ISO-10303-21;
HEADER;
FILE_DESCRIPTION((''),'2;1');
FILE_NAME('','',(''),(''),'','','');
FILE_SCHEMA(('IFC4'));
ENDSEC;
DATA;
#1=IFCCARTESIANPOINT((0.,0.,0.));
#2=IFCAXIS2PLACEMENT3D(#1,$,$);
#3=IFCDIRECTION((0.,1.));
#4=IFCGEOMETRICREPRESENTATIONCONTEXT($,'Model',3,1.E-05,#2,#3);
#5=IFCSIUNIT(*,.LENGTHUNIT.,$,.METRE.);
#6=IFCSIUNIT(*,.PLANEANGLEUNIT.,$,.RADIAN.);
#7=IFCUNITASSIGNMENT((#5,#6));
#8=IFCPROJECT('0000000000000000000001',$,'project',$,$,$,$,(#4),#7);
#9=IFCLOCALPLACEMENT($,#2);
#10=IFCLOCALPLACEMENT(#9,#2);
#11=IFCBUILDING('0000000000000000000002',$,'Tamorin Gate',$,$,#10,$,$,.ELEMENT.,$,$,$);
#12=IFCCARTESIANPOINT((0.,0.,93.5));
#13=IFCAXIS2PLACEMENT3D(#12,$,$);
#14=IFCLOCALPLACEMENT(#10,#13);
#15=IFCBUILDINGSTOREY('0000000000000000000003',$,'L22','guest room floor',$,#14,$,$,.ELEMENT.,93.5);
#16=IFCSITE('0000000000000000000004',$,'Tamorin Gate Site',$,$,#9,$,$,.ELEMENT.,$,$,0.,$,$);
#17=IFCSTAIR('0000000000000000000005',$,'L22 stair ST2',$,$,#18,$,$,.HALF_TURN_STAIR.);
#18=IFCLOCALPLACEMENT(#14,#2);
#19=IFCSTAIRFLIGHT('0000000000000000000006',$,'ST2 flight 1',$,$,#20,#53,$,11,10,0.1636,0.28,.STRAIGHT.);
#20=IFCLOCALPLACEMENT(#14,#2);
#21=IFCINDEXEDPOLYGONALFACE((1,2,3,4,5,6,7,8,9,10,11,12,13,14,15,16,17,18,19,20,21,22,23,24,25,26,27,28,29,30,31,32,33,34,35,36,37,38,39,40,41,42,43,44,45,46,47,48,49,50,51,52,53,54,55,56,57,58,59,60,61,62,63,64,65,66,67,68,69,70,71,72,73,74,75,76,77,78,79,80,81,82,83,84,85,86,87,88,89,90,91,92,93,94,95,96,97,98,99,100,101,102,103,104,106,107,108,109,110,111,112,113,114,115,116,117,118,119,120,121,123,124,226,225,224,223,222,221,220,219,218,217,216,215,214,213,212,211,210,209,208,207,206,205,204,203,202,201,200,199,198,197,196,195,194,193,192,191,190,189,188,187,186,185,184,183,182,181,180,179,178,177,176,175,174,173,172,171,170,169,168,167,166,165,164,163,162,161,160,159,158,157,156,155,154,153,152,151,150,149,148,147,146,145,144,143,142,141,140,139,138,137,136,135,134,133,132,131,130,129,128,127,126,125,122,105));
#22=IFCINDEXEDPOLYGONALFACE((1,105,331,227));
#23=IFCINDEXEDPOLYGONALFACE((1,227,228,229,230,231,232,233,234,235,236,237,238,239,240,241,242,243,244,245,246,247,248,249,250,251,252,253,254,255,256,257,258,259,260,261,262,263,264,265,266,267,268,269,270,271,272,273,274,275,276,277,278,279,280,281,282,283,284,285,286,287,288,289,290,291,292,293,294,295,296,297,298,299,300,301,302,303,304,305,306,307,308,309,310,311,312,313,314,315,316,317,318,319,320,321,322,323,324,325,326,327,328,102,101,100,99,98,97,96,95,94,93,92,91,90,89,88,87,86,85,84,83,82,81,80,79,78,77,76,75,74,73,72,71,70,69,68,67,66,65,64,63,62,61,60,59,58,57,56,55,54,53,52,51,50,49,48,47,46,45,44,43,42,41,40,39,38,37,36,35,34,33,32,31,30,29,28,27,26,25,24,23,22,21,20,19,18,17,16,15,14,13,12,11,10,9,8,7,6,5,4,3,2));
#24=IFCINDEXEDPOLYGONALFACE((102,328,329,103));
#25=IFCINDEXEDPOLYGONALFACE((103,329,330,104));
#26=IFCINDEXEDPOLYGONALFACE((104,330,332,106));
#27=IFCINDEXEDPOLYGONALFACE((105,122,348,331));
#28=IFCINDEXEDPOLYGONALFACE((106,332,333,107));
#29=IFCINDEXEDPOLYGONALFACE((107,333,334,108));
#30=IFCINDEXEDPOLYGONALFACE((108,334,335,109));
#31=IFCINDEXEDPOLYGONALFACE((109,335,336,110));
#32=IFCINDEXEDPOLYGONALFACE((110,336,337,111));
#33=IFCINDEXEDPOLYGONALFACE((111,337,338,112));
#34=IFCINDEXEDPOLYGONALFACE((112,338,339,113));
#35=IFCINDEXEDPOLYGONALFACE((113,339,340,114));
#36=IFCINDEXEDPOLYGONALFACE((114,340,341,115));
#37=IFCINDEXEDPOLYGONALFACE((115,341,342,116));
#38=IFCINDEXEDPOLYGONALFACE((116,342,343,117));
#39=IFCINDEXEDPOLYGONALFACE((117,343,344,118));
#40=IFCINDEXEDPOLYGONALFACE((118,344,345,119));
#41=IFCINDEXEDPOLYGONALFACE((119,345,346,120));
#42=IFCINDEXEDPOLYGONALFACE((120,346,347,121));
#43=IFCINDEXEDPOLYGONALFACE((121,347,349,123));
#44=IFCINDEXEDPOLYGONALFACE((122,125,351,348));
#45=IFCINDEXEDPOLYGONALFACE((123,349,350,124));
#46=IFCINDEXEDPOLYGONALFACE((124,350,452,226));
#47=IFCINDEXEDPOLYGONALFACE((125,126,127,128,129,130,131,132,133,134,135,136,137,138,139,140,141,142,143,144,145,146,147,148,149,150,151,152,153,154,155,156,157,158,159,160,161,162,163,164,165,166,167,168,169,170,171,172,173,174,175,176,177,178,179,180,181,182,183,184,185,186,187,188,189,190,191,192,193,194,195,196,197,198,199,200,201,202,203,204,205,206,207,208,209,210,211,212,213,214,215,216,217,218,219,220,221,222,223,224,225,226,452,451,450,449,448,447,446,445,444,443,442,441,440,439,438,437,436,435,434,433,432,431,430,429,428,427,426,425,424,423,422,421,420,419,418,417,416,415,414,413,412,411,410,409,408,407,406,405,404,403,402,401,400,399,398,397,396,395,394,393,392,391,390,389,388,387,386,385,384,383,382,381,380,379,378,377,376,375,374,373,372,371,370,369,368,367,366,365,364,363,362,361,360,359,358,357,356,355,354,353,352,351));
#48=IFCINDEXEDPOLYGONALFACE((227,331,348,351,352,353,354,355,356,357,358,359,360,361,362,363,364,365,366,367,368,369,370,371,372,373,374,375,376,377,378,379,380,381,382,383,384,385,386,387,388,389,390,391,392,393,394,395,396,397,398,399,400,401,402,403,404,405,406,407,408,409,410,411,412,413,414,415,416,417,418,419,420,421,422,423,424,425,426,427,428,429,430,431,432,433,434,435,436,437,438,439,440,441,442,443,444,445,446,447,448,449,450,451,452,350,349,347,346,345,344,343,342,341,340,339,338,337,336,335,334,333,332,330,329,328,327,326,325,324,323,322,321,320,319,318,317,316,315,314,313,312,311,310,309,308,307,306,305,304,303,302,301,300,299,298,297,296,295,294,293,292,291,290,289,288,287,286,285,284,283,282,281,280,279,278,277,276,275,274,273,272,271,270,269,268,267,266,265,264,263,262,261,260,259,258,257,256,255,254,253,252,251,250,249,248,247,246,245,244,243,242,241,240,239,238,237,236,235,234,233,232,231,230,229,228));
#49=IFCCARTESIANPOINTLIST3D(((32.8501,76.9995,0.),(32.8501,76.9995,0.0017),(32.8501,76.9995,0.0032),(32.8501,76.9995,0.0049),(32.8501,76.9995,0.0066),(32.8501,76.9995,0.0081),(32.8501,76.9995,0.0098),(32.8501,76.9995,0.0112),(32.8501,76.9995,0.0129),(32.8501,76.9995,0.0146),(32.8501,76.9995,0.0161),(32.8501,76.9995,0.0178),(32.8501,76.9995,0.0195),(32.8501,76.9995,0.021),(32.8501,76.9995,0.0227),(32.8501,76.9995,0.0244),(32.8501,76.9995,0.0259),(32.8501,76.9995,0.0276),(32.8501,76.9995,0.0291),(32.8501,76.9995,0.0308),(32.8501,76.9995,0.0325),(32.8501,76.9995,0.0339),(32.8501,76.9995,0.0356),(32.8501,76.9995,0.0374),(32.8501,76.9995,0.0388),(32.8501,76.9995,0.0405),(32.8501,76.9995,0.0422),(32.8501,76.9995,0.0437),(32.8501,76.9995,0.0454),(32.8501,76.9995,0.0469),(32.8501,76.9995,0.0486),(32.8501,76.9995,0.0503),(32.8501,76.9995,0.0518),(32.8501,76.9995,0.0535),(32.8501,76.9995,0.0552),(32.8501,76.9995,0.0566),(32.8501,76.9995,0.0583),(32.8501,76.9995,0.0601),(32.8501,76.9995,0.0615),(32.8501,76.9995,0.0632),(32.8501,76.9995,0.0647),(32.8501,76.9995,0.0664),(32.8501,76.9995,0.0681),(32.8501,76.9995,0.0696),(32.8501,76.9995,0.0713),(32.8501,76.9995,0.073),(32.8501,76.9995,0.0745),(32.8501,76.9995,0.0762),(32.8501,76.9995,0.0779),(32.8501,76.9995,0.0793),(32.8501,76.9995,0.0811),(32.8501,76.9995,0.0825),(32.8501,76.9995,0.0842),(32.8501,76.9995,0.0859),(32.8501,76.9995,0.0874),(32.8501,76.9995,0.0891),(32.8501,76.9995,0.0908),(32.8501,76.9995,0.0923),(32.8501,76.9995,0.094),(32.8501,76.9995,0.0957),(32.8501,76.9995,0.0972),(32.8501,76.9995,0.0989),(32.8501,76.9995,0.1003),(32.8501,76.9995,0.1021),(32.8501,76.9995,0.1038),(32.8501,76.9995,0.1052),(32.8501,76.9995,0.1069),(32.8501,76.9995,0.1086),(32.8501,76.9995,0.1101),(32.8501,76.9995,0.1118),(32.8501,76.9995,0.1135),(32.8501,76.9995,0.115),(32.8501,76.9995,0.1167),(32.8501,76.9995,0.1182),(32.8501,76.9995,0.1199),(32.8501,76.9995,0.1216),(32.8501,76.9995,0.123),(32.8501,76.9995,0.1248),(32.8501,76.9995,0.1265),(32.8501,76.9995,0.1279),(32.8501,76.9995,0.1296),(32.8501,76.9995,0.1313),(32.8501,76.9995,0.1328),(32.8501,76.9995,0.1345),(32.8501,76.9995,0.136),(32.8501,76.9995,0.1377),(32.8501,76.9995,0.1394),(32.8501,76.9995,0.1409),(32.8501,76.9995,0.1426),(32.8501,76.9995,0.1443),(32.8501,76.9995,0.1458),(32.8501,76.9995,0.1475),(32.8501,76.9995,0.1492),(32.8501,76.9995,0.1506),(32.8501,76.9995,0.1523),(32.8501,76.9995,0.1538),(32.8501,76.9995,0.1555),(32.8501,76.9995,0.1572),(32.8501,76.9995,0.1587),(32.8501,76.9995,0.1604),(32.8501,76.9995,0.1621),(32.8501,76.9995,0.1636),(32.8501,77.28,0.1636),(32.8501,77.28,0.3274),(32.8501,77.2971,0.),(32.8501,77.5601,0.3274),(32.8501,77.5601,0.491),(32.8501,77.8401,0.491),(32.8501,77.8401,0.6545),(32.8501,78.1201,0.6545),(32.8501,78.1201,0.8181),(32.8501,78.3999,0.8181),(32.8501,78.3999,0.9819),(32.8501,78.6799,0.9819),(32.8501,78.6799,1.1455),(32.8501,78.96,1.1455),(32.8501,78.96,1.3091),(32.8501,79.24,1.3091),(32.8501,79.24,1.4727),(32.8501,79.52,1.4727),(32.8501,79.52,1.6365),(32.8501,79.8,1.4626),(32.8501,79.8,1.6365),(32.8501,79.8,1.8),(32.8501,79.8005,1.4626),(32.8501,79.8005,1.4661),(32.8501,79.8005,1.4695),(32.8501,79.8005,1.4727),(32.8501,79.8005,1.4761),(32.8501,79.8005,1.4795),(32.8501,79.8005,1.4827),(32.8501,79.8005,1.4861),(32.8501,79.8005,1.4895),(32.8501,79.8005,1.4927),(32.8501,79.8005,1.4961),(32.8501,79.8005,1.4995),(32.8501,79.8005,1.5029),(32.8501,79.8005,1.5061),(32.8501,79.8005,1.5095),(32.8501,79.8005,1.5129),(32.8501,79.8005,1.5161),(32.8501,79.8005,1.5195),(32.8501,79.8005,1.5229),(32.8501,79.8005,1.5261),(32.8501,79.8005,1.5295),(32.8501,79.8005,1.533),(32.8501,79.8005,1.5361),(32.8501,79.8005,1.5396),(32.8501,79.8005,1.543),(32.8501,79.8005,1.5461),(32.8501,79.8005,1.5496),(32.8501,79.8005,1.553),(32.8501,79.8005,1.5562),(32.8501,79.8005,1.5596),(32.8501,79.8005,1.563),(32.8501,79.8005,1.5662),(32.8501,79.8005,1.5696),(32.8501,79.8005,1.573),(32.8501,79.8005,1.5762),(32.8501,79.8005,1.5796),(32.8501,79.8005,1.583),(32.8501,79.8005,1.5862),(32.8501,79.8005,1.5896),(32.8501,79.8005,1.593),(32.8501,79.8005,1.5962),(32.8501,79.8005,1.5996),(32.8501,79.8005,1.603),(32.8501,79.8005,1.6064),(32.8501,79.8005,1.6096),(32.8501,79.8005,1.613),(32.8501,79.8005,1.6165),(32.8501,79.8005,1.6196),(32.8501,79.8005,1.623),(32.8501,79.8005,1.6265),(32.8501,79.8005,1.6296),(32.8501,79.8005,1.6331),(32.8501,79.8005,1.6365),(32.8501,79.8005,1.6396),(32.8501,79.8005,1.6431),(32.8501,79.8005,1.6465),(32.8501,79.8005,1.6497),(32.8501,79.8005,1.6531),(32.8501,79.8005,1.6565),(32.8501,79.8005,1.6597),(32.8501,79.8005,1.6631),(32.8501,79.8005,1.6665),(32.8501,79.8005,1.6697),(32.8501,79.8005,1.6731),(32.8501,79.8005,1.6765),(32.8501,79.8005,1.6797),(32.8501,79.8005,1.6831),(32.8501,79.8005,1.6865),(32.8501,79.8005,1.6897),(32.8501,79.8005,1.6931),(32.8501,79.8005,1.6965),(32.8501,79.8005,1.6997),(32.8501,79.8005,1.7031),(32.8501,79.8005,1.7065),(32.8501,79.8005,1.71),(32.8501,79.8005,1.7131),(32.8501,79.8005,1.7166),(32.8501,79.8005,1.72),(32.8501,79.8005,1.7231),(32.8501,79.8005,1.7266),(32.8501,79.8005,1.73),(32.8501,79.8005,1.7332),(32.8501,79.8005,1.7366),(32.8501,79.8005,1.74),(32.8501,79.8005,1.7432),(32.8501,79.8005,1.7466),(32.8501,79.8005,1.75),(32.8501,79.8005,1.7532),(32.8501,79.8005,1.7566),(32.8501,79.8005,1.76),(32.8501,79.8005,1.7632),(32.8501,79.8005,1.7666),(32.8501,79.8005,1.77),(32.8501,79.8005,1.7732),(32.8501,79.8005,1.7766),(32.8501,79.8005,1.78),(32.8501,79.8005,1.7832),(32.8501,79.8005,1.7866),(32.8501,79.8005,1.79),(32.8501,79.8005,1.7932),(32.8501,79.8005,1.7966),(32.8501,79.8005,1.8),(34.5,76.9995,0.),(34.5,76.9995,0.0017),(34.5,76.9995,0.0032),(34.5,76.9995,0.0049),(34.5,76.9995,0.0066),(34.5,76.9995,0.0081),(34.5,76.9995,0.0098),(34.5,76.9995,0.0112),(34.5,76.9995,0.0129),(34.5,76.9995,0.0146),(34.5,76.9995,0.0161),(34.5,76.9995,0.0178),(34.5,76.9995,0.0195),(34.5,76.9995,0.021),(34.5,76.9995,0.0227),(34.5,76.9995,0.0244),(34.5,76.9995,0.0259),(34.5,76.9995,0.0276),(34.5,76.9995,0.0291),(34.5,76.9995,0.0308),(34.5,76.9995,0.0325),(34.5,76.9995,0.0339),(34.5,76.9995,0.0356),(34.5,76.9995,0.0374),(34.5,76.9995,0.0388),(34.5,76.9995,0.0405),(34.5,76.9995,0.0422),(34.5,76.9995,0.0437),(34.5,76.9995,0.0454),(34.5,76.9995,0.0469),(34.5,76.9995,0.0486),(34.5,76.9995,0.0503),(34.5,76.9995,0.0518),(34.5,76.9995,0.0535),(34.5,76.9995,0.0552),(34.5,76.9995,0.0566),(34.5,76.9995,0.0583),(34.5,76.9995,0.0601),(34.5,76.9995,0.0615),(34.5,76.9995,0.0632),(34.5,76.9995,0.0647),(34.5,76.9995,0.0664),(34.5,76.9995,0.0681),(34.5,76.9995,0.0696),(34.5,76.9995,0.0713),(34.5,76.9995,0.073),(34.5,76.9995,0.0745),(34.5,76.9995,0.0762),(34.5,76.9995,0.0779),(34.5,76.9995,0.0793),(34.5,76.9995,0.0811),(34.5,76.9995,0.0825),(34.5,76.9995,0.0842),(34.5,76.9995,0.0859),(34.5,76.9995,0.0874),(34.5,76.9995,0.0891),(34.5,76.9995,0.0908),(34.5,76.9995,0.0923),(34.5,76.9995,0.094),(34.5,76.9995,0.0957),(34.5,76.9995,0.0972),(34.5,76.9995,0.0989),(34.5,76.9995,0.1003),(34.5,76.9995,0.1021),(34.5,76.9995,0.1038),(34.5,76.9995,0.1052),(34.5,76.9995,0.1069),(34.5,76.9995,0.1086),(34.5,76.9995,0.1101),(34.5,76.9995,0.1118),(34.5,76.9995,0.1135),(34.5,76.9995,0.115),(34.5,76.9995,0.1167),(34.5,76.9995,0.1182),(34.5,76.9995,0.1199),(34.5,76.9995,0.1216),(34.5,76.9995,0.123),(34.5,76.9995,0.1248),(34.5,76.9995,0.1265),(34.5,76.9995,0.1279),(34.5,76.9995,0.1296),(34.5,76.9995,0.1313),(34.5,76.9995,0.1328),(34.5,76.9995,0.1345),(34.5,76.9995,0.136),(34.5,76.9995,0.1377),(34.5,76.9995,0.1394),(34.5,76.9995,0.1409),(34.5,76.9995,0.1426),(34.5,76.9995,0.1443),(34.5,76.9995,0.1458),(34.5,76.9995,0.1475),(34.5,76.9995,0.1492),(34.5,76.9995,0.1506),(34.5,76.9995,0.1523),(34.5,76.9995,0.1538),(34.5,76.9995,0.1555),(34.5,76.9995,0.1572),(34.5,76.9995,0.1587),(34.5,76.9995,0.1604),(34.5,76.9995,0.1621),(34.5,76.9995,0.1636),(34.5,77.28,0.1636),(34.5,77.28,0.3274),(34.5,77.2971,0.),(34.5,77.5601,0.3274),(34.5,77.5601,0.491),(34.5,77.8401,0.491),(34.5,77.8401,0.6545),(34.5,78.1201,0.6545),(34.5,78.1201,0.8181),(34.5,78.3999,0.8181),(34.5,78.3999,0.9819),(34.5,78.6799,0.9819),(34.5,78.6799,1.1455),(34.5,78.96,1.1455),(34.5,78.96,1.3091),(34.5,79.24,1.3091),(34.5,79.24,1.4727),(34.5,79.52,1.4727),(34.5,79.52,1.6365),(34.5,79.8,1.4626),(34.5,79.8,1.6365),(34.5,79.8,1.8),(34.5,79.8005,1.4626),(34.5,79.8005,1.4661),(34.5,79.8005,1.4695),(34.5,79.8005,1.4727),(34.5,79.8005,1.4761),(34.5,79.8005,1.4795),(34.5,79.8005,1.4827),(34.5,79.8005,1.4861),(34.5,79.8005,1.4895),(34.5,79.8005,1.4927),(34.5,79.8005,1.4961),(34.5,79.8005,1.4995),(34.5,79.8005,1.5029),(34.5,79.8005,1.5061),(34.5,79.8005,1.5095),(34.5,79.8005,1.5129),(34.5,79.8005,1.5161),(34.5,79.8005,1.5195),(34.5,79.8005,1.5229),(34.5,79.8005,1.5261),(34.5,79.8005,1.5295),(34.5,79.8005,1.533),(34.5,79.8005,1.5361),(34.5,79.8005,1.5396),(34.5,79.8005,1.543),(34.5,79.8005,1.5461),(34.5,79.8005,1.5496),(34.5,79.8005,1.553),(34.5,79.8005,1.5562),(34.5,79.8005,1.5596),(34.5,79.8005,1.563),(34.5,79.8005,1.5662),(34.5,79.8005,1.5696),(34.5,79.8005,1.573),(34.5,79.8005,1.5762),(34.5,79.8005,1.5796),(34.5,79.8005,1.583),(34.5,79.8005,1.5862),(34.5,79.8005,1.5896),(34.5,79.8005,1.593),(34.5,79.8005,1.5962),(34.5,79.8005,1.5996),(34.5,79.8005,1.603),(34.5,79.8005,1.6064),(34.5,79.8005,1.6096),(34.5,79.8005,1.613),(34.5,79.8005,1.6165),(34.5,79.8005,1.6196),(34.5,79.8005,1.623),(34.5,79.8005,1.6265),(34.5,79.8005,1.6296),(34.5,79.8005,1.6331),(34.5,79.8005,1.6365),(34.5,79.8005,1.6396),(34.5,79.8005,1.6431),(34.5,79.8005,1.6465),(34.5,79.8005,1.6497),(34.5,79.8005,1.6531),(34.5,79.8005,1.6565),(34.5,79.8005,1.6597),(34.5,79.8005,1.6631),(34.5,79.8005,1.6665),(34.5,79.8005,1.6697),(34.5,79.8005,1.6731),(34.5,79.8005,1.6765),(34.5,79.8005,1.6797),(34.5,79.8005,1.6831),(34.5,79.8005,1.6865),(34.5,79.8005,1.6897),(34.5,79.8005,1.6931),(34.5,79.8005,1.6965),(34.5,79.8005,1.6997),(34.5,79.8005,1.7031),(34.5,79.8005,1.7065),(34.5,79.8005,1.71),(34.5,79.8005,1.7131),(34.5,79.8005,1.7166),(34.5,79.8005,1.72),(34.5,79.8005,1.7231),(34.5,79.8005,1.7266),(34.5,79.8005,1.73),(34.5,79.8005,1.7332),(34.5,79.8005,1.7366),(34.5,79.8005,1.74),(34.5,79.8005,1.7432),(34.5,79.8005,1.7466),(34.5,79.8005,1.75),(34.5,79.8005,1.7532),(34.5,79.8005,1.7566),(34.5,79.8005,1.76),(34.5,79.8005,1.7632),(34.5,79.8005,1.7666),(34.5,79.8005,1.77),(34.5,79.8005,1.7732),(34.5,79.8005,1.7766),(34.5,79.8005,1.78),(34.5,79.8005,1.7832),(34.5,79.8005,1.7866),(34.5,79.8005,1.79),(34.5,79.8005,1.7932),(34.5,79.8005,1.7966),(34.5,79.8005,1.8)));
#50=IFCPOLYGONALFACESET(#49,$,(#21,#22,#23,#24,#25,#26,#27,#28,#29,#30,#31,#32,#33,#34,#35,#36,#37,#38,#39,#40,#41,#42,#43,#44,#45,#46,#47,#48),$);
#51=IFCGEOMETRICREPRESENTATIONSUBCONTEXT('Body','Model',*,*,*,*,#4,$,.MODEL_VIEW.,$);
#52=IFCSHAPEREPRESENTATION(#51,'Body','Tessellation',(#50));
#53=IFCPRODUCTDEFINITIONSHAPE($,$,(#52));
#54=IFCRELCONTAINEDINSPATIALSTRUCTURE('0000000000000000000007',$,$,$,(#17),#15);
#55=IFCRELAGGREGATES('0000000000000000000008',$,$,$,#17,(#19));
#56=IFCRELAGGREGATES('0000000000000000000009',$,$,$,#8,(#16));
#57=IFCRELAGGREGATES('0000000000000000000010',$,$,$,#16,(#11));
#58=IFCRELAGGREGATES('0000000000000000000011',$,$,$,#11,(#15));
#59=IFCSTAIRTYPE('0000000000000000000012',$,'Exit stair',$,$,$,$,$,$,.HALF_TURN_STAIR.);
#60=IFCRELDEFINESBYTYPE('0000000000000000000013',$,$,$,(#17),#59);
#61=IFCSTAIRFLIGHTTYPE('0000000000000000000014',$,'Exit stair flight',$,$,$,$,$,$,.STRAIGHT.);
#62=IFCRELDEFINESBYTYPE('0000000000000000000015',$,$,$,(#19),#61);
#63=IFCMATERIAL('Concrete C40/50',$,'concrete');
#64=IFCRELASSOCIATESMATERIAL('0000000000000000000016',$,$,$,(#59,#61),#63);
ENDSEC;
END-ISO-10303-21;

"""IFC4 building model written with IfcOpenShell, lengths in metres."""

from ifc_helpers import new_model, si_unit, direction, frame, origin, place, context, subcontext, project, spatial, polyline, outline, extrude, material, type_object, element, aggregate, save


model = new_model("IFC4")

# Units and contexts
model_context = context("Model", 3, precision=1e-05, world=origin(), true_north=direction((0.0, 1.0)))
body_context = subcontext(model_context, "Body", "Model", "MODEL_VIEW")
ifc_project = project(units=[si_unit("LENGTHUNIT", "METRE"), si_unit("PLANEANGLEUNIT", "RADIAN")], contexts=[model_context])

# Site, building, storey
site_placement = place(None, origin())
site = spatial("IfcSite", under=ifc_project, at=site_placement, Name="Tamorin Gate Site", CompositionType="ELEMENT", RefElevation=0.0)
building_placement = place(site_placement, origin())
building = spatial("IfcBuilding", under=site, at=building_placement, Name="Tamorin Gate", CompositionType="ELEMENT")
storey_placement = place(building_placement, frame((0.0, 0.0, 93.5)))
storey = spatial("IfcBuildingStorey", under=building, at=storey_placement, Name="L22", Description="guest room floor", CompositionType="ELEMENT", Elevation=93.5)

# Shared definitions
ifc_material_1 = material(Name="Concrete C40/50", Category="concrete")

# Stair, stair flight
stair_type = type_object("IfcStairType", Name="Exit stair", PredefinedType="HALF_TURN_STAIR", material=ifc_material_1)
stair_placement = place(storey_placement, origin())
stair = element("IfcStair", 1, at=stair_placement, inside=storey, type_object=stair_type, Name="L22 stair ST2", PredefinedType="HALF_TURN_STAIR")
stair_flight_type = type_object("IfcStairFlightType", Name="Exit stair flight", PredefinedType="STRAIGHT", material=ifc_material_1)
stair_flight_1_placement = place(storey_placement, frame((33.675, 77.0, 0.0), z_axis=(0.0, 0.0, 1.0), x_axis=(0.0, 1.0, 0.0)))
stair_flight_1 = element("IfcStairFlight", 2, at=stair_flight_1_placement, type_object=stair_flight_type, Name="ST2 flight 1", NumberOfRisers=11, NumberOfTreads=10, PredefinedType="STRAIGHT", RiserHeight=0.1636, TreadLength=0.28, context=body_context, shape_type="SweptSolid", body=[
    extrude(outline(polyline([(-0.0005, 0.0), (-0.0005, 0.0017), (-0.0005, 0.0032), (-0.0005, 0.0049), (-0.0005, 0.0066), (-0.0005, 0.0081), (-0.0005, 0.0098), (-0.0005, 0.0112), (-0.0005, 0.0129), (-0.0005, 0.0146), (-0.0005, 0.0161), (-0.0005, 0.0178), (-0.0005, 0.0195), (-0.0005, 0.021), (-0.0005, 0.0227), (-0.0005, 0.0244), (-0.0005, 0.0259), (-0.0005, 0.0276), (-0.0005, 0.0291), (-0.0005, 0.0308), (-0.0005, 0.0325), (-0.0005, 0.0339), (-0.0005, 0.0356), (-0.0005, 0.0374), (-0.0005, 0.0388), (-0.0005, 0.0405), (-0.0005, 0.0422), (-0.0005, 0.0437), (-0.0005, 0.0454), (-0.0005, 0.0469), (-0.0005, 0.0486), (-0.0005, 0.0503), (-0.0005, 0.0518), (-0.0005, 0.0535), (-0.0005, 0.0552), (-0.0005, 0.0566), (-0.0005, 0.0583), (-0.0005, 0.0601), (-0.0005, 0.0615), (-0.0005, 0.0632), (-0.0005, 0.0647), (-0.0005, 0.0664), (-0.0005, 0.0681), (-0.0005, 0.0696), (-0.0005, 0.0713), (-0.0005, 0.073), (-0.0005, 0.0745), (-0.0005, 0.0762), (-0.0005, 0.0779), (-0.0005, 0.0793), (-0.0005, 0.0811), (-0.0005, 0.0825), (-0.0005, 0.0842), (-0.0005, 0.0859), (-0.0005, 0.0874), (-0.0005, 0.0891), (-0.0005, 0.0908), (-0.0005, 0.0923), (-0.0005, 0.094), (-0.0005, 0.0957), (-0.0005, 0.0972), (-0.0005, 0.0989), (-0.0005, 0.1003), (-0.0005, 0.1021), (-0.0005, 0.1038), (-0.0005, 0.1052), (-0.0005, 0.1069), (-0.0005, 0.1086), (-0.0005, 0.1101), (-0.0005, 0.1118), (-0.0005, 0.1135), (-0.0005, 0.115), (-0.0005, 0.1167), (-0.0005, 0.1182), (-0.0005, 0.1199), (-0.0005, 0.1216), (-0.0005, 0.123), (-0.0005, 0.1248), (-0.0005, 0.1265), (-0.0005, 0.1279), (-0.0005, 0.1296), (-0.0005, 0.1313), (-0.0005, 0.1328), (-0.0005, 0.1345), (-0.0005, 0.136), (-0.0005, 0.1377), (-0.0005, 0.1394), (-0.0005, 0.1409), (-0.0005, 0.1426), (-0.0005, 0.1443), (-0.0005, 0.1458), (-0.0005, 0.1475), (-0.0005, 0.1492), (-0.0005, 0.1506), (-0.0005, 0.1523), (-0.0005, 0.1538), (-0.0005, 0.1555), (-0.0005, 0.1572), (-0.0005, 0.1587), (-0.0005, 0.1604), (-0.0005, 0.1621), (-0.0005, 0.1636), (0.28, 0.1636), (0.28, 0.3274), (0.5601, 0.3274), (0.5601, 0.491), (0.8401, 0.491), (0.8401, 0.6545), (1.1201, 0.6545), (1.1201, 0.8181), (1.3999, 0.8181), (1.3999, 0.9819), (1.6799, 0.9819), (1.6799, 1.1455), (1.96, 1.1455), (1.96, 1.3091), (2.24, 1.3091), (2.24, 1.4727), (2.52, 1.4727), (2.52, 1.6365), (2.8, 1.6365), (2.8, 1.8), (2.8005, 1.8), (2.8005, 1.7966), (2.8005, 1.7932), (2.8005, 1.79), (2.8005, 1.7866), (2.8005, 1.7832), (2.8005, 1.78), (2.8005, 1.7766), (2.8005, 1.7732), (2.8005, 1.77), (2.8005, 1.7666), (2.8005, 1.7632), (2.8005, 1.76), (2.8005, 1.7566), (2.8005, 1.7532), (2.8005, 1.75), (2.8005, 1.7466), (2.8005, 1.7432), (2.8005, 1.74), (2.8005, 1.7366), (2.8005, 1.7332), (2.8005, 1.73), (2.8005, 1.7266), (2.8005, 1.7231), (2.8005, 1.72), (2.8005, 1.7166), (2.8005, 1.7131), (2.8005, 1.71), (2.8005, 1.7065), (2.8005, 1.7031), (2.8005, 1.6997), (2.8005, 1.6965), (2.8005, 1.6931), (2.8005, 1.6897), (2.8005, 1.6865), (2.8005, 1.6831), (2.8005, 1.6797), (2.8005, 1.6765), (2.8005, 1.6731), (2.8005, 1.6697), (2.8005, 1.6665), (2.8005, 1.6631), (2.8005, 1.6597), (2.8005, 1.6565), (2.8005, 1.6531), (2.8005, 1.6497), (2.8005, 1.6465), (2.8005, 1.6431), (2.8005, 1.6396), (2.8005, 1.6365), (2.8005, 1.6331), (2.8005, 1.6296), (2.8005, 1.6265), (2.8005, 1.623), (2.8005, 1.6196), (2.8005, 1.6165), (2.8005, 1.613), (2.8005, 1.6096), (2.8005, 1.6064), (2.8005, 1.603), (2.8005, 1.5996), (2.8005, 1.5962), (2.8005, 1.593), (2.8005, 1.5896), (2.8005, 1.5862), (2.8005, 1.583), (2.8005, 1.5796), (2.8005, 1.5762), (2.8005, 1.573), (2.8005, 1.5696), (2.8005, 1.5662), (2.8005, 1.563), (2.8005, 1.5596), (2.8005, 1.5562), (2.8005, 1.553), (2.8005, 1.5496), (2.8005, 1.5461), (2.8005, 1.543), (2.8005, 1.5396), (2.8005, 1.5361), (2.8005, 1.533), (2.8005, 1.5295), (2.8005, 1.5261), (2.8005, 1.5229), (2.8005, 1.5195), (2.8005, 1.5161), (2.8005, 1.5129), (2.8005, 1.5095), (2.8005, 1.5061), (2.8005, 1.5029), (2.8005, 1.4995), (2.8005, 1.4961), (2.8005, 1.4927), (2.8005, 1.4895), (2.8005, 1.4861), (2.8005, 1.4827), (2.8005, 1.4795), (2.8005, 1.4761), (2.8005, 1.4727), (2.8005, 1.4695), (2.8005, 1.4661), (2.8005, 1.4626), (2.8, 1.4626), (0.2971, 0.0), (-0.0005, 0.0)])), frame((0.0, 0.825, 0.0), z_axis=(0.0, -1.0, 0.0), x_axis=(1.0, 0.0, 0.0)), (0.0, 0.0, 1.0), 1.6499),
])
aggregate(stair, [stair_flight_1])

save(model, "model.ifc")
